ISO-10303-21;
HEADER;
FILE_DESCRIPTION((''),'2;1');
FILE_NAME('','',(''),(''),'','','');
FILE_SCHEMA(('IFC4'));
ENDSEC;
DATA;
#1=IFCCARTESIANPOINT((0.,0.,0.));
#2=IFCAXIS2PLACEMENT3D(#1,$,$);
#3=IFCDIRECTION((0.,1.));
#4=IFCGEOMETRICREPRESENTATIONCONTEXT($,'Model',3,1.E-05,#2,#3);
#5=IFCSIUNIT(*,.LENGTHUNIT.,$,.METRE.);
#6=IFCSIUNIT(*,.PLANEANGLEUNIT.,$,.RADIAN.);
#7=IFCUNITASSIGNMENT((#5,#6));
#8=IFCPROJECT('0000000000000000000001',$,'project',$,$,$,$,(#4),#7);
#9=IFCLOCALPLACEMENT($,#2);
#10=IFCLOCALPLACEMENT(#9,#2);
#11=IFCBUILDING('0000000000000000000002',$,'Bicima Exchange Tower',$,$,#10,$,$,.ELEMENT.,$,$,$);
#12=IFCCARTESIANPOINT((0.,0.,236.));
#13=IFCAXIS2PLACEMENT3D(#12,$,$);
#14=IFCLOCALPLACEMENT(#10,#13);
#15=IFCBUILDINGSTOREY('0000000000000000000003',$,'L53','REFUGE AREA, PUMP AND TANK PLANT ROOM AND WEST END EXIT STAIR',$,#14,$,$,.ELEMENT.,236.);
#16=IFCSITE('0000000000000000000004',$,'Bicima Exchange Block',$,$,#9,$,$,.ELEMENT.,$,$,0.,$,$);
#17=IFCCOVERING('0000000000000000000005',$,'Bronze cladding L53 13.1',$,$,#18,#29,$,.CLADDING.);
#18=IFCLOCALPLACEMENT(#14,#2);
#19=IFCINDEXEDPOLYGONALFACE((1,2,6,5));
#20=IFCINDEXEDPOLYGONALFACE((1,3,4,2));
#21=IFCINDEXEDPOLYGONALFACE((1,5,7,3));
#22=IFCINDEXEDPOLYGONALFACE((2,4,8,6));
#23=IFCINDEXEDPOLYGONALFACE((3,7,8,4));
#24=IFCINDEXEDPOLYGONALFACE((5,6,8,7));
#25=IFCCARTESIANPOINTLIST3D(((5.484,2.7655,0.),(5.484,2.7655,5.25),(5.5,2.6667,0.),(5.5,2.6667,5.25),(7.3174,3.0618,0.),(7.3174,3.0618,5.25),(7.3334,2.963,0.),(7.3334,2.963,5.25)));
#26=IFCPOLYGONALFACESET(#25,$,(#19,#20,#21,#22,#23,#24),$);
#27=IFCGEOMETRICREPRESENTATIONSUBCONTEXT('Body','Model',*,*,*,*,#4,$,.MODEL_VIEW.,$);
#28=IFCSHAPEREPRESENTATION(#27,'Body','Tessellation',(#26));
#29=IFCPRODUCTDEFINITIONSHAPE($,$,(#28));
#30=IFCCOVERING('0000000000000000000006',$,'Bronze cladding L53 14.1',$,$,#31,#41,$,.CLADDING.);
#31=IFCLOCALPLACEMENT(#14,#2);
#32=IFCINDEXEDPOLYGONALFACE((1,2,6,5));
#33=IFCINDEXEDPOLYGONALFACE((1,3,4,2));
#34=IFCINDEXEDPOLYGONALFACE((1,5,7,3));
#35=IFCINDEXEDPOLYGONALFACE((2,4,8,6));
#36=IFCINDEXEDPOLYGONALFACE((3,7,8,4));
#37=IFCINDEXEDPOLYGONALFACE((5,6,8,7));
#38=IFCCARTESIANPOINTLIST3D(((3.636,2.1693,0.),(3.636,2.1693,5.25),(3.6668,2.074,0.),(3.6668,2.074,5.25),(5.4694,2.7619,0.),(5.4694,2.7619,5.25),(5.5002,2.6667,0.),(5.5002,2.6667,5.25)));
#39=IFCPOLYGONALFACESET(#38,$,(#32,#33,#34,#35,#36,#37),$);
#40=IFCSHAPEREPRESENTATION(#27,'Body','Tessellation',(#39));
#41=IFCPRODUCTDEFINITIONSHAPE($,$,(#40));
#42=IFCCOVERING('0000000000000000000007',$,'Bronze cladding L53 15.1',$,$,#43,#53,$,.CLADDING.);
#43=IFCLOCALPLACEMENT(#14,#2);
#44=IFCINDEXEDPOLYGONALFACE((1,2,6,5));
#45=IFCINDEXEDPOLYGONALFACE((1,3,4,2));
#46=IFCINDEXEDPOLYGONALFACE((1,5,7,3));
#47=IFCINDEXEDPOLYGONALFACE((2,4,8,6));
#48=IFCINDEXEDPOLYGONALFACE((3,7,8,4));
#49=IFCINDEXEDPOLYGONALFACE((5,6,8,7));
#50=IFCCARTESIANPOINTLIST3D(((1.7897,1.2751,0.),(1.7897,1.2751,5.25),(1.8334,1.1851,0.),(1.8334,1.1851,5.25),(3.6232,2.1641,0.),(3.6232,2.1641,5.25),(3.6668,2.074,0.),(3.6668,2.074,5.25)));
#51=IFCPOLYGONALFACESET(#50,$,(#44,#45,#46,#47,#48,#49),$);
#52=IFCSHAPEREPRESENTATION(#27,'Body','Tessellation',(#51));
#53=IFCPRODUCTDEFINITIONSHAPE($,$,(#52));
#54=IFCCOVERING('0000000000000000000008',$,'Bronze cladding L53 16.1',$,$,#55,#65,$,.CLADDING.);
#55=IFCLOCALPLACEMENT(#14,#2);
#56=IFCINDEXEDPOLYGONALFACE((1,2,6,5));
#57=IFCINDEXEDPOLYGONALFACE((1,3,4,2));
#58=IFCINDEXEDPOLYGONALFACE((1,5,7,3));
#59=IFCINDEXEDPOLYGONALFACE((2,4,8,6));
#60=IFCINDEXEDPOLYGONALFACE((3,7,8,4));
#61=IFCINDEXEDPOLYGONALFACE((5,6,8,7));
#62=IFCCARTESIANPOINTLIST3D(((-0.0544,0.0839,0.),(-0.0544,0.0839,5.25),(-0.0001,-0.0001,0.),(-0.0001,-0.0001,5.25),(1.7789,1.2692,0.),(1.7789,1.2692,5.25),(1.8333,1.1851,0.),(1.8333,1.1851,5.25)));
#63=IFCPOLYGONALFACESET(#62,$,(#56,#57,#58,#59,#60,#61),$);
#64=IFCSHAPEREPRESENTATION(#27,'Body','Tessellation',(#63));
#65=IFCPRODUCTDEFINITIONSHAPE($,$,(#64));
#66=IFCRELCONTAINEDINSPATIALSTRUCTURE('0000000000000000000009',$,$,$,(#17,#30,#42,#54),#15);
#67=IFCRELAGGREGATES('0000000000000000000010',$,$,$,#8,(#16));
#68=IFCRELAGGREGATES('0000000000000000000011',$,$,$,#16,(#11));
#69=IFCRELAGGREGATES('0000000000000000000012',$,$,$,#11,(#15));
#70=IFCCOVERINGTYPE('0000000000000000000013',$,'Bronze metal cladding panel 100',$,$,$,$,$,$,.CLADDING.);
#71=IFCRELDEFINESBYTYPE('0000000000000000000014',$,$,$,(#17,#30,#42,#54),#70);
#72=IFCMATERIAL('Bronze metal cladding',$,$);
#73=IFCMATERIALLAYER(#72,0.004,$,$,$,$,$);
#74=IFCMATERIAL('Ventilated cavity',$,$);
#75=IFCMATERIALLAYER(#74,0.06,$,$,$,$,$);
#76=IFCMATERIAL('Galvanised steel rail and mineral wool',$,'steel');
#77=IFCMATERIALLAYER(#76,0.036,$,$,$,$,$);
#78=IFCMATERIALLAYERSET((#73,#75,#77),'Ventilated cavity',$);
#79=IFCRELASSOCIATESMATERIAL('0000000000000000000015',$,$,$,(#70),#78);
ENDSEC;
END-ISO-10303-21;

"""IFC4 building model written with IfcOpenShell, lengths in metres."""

from ifc_helpers import new_model, si_unit, direction, frame, origin, origin_2d, place, context, subcontext, project, spatial, rectangle, extrude, material, layer, layer_set, type_object, element, save


model = new_model("IFC4")

# Units and contexts
model_context = context("Model", 3, precision=1e-05, world=origin(), true_north=direction((0.0, 1.0)))
body_context = subcontext(model_context, "Body", "Model", "MODEL_VIEW")
ifc_project = project(units=[si_unit("LENGTHUNIT", "METRE"), si_unit("PLANEANGLEUNIT", "RADIAN")], contexts=[model_context])

# Site, building, storey
site_placement = place(None, origin())
site = spatial("IfcSite", under=ifc_project, at=site_placement, Name="Bicima Exchange Block", CompositionType="ELEMENT", RefElevation=0.0)
building_placement = place(site_placement, origin())
building = spatial("IfcBuilding", under=site, at=building_placement, Name="Bicima Exchange Tower", CompositionType="ELEMENT")
storey_placement = place(building_placement, frame((0.0, 0.0, 236.0)))
storey = spatial("IfcBuildingStorey", under=building, at=storey_placement, Name="L53", Description="REFUGE AREA, PUMP AND TANK PLANT ROOM AND WEST END EXIT STAIR", CompositionType="ELEMENT", Elevation=236.0)

# Coverings
ifc_material_1 = material(Name="Bronze metal cladding")
ifc_layer_1 = layer(ifc_material_1, 0.004)
ifc_material_2 = material(Name="Ventilated cavity")
ifc_layer_2 = layer(ifc_material_2, 0.06)
ifc_material_3 = material(Name="Galvanised steel rail and mineral wool", Category="steel")
ifc_layer_3 = layer(ifc_material_3, 0.036)
ifc_layer_set_1 = layer_set([ifc_layer_1, ifc_layer_2, ifc_layer_3], Name="Ventilated cavity")
covering_type = type_object("IfcCoveringType", Name="Bronze metal cladding panel 100", PredefinedType="CLADDING", material=ifc_layer_set_1)
covering_1_placement = place(storey_placement, frame((6.4087, 2.8643, 0.0), z_axis=(0.0, 0.0, 1.0), x_axis=(-0.98719, -0.15955, 0.0)))
element("IfcCovering", 1, at=covering_1_placement, inside=storey, type_object=covering_type, Name="Bronze cladding L53 13.1", PredefinedType="CLADDING", context=body_context, shape_type="SweptSolid", body=[
    extrude(rectangle(XDim=1.8572, YDim=0.1001, at=origin_2d()), origin(), (0.0, 0.0, 1.0), 5.25),
])
covering_2_placement = place(storey_placement, frame((4.5681, 2.418, 0.0), z_axis=(0.0, 0.0, 1.0), x_axis=(-0.951525, -0.307573, 0.0)))
element("IfcCovering", 2, at=covering_2_placement, inside=storey, type_object=covering_type, Name="Bronze cladding L53 14.1", PredefinedType="CLADDING", context=body_context, shape_type="SweptSolid", body=[
    extrude(rectangle(XDim=1.9268, YDim=0.1001, at=origin_2d()), origin(), (0.0, 0.0, 1.0), 5.25),
])
covering_3_placement = place(storey_placement, frame((2.7283, 1.6746, 0.0), z_axis=(0.0, 0.0, 1.0), x_axis=(-0.899818, -0.436265, 0.0)))
element("IfcCovering", 3, at=covering_3_placement, inside=storey, type_object=covering_type, Name="Bronze cladding L53 15.1", PredefinedType="CLADDING", context=body_context, shape_type="SweptSolid", body=[
    extrude(rectangle(XDim=2.0376, YDim=0.1001, at=origin_2d()), origin(), (0.0, 0.0, 1.0), 5.25),
])
covering_4_placement = place(storey_placement, frame((0.8894, 0.6345, 0.0), z_axis=(0.0, 0.0, 1.0), x_axis=(-0.83979, -0.542911, 0.0)))
element("IfcCovering", 4, at=covering_4_placement, inside=storey, type_object=covering_type, Name="Bronze cladding L53 16.1", PredefinedType="CLADDING", context=body_context, shape_type="SweptSolid", body=[
    extrude(rectangle(XDim=2.1831, YDim=0.1001, at=origin_2d()), origin(), (0.0, 0.0, 1.0), 5.25),
])

save(model, "model.ifc")
